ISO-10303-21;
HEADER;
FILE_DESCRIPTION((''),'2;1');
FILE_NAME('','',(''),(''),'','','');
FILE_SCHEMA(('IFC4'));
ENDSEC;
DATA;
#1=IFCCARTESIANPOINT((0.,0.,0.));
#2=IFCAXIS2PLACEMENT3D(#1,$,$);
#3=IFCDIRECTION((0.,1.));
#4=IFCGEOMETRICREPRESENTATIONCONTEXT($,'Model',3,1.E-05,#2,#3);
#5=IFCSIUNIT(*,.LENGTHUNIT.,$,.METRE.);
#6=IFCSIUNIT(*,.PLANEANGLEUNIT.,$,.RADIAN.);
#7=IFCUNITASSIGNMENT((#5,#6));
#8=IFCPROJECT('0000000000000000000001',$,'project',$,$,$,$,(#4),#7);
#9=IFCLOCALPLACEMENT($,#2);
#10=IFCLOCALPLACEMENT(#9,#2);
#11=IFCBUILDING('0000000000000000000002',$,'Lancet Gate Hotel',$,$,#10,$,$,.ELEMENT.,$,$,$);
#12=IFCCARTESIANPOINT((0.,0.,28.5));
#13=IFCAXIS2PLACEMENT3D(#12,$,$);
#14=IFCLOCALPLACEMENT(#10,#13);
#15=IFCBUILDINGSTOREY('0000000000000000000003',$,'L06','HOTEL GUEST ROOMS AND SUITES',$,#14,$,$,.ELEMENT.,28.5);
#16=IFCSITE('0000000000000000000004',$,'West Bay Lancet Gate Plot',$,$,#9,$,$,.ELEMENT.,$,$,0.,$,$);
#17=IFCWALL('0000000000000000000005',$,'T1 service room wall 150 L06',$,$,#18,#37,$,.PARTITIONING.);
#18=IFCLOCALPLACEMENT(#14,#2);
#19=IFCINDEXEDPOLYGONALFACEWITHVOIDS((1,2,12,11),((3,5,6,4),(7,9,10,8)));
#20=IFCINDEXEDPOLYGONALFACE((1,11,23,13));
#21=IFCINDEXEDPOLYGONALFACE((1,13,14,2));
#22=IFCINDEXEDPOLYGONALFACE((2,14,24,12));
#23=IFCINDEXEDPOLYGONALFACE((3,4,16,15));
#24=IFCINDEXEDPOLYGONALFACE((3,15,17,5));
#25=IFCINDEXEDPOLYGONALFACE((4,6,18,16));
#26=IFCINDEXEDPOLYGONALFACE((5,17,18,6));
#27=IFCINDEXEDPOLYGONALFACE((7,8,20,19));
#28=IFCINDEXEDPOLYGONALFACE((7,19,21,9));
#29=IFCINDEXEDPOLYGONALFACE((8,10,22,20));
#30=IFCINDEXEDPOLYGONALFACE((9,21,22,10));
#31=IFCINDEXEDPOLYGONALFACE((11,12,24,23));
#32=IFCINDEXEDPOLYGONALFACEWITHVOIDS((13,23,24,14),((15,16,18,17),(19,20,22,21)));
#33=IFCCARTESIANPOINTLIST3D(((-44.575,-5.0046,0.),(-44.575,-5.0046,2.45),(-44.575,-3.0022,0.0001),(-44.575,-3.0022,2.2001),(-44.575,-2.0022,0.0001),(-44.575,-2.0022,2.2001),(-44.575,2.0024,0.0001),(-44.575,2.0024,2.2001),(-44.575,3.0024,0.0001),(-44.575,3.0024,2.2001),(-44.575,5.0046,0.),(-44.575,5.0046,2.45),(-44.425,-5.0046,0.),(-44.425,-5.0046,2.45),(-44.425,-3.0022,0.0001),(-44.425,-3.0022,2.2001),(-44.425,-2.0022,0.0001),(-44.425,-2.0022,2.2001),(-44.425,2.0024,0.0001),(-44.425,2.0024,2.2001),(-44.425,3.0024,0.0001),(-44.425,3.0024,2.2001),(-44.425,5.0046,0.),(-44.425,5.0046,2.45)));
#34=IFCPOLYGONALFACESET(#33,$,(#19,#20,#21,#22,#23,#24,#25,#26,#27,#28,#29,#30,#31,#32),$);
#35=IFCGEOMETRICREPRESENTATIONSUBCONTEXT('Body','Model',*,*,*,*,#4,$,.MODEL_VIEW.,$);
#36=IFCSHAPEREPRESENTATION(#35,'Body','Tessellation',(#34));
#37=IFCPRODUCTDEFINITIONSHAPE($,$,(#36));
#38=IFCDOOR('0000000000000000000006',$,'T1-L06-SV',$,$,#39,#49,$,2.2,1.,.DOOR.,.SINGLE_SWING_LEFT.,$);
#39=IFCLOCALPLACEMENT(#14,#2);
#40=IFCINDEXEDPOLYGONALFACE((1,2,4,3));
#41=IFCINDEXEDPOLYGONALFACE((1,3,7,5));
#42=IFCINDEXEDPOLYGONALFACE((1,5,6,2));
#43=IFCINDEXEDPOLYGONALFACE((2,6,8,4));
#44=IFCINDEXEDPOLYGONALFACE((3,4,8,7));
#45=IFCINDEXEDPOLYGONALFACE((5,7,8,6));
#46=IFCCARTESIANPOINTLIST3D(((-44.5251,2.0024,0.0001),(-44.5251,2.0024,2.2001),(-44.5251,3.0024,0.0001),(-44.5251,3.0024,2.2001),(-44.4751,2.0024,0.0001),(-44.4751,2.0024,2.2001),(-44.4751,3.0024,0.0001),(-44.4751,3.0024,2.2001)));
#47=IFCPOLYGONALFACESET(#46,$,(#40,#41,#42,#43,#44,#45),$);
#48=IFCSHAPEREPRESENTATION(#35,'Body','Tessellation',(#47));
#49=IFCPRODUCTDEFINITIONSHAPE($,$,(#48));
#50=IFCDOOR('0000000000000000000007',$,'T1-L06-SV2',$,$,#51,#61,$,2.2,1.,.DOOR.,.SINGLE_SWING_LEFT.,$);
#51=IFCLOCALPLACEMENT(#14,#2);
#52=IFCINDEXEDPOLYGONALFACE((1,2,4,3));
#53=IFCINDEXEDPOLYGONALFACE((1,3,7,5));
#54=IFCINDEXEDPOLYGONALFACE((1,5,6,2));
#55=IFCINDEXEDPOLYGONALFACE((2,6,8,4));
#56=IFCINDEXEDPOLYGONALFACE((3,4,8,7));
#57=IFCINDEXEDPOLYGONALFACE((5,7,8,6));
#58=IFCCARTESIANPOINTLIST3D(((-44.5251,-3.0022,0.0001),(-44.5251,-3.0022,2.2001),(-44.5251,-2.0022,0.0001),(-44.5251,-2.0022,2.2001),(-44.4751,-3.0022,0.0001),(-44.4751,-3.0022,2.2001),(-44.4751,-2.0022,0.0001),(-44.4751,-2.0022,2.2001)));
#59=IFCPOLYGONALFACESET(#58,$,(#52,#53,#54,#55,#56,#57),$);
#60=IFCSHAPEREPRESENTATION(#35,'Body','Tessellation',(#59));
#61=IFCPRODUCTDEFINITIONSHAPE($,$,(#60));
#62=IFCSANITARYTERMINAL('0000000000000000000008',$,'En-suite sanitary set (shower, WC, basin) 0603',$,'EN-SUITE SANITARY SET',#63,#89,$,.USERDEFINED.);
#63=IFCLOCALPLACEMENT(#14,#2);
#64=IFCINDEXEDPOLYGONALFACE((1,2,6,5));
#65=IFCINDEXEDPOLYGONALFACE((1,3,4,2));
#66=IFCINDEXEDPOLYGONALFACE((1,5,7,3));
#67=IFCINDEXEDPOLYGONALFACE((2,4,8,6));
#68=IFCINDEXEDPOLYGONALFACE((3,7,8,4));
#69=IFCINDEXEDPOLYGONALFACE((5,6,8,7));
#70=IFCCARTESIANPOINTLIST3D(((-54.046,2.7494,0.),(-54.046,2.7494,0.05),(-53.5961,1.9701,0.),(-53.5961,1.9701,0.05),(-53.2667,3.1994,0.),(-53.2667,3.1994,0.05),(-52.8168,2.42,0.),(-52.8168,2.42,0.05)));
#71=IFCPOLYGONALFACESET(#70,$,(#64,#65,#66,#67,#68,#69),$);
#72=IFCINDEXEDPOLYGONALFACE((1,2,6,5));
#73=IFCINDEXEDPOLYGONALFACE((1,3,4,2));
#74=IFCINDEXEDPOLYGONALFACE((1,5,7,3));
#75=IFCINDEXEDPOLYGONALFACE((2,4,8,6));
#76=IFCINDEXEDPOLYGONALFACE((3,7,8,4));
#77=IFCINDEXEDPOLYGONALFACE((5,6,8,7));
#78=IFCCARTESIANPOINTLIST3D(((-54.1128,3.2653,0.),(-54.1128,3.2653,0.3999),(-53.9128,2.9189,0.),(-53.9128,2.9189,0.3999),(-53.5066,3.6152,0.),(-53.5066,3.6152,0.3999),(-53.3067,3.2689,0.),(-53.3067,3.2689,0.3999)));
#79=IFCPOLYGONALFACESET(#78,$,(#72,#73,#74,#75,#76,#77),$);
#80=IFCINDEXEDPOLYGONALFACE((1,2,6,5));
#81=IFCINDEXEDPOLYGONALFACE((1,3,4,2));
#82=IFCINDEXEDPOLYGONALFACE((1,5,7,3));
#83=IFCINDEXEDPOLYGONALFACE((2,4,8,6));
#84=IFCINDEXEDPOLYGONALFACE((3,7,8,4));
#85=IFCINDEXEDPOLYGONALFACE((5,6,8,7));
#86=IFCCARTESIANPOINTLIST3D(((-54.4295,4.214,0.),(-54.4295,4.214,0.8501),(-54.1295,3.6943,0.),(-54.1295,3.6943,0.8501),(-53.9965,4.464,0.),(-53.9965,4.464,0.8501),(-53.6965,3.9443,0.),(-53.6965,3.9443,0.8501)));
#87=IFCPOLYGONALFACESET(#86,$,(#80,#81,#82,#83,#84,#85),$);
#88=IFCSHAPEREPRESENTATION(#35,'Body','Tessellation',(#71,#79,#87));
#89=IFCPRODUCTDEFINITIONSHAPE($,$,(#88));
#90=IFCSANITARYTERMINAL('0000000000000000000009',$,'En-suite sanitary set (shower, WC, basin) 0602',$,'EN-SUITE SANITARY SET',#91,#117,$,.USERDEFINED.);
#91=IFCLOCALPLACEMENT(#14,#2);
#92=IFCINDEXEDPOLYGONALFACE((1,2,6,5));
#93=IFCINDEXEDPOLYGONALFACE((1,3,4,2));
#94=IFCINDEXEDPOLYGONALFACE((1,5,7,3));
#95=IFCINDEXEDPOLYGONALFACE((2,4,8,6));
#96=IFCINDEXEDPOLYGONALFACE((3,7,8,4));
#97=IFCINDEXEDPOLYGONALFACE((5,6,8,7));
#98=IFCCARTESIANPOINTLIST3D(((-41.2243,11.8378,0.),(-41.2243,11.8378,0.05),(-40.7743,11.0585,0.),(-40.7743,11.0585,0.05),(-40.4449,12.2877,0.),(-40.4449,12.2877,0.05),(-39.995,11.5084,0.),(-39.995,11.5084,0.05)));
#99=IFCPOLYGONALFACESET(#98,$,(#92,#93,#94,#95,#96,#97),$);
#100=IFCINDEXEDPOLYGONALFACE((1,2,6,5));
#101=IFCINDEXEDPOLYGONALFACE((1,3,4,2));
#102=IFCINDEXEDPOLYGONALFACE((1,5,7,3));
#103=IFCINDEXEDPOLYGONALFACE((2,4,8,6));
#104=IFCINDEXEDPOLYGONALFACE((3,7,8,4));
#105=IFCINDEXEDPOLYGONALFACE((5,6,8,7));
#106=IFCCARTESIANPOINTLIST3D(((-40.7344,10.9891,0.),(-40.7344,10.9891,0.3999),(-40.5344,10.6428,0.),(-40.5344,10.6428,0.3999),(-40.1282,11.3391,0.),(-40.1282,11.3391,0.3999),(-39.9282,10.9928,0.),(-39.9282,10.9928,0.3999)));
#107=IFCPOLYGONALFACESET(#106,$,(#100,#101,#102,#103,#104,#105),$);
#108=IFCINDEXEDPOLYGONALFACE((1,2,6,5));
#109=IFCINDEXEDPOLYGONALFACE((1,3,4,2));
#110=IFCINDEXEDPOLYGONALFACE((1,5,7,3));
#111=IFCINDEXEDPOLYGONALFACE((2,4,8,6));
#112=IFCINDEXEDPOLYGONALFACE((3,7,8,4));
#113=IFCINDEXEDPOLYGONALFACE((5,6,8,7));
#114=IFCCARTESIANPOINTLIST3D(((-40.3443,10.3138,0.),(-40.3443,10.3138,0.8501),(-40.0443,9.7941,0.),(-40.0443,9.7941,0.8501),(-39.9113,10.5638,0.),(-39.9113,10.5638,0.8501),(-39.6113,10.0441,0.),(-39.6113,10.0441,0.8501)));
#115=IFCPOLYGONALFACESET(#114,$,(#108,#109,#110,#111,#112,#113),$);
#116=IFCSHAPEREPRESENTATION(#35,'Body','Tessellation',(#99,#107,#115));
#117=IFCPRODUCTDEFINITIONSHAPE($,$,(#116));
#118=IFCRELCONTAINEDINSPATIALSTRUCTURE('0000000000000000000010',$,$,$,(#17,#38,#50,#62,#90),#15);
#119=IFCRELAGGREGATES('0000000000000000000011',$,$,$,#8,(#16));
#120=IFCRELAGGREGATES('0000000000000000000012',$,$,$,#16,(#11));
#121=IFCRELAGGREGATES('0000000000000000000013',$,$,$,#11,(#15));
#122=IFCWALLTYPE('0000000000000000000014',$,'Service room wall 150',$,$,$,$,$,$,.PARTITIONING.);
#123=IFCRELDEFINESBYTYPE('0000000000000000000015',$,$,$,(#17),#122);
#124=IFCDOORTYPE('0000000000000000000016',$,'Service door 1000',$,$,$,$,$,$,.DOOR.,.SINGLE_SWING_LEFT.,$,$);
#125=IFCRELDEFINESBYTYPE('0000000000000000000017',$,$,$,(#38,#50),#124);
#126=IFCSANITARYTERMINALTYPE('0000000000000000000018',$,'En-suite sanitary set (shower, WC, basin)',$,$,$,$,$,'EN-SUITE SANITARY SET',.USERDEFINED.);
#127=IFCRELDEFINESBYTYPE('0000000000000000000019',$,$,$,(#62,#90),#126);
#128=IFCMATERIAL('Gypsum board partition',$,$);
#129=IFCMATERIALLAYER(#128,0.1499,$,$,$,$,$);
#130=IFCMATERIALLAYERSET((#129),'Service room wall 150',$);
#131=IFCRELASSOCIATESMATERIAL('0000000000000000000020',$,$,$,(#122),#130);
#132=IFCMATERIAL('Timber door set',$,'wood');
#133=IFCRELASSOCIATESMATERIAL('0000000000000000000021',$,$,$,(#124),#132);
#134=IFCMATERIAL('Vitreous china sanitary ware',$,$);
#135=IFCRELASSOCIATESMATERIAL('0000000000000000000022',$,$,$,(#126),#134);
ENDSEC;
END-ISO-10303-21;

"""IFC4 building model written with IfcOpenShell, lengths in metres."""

from ifc_helpers import new_model, si_unit, direction, frame, frame_2d, origin, origin_2d, place, context, subcontext, project, spatial, rectangle, extrude, material, layer, layer_set, type_object, element, fill, save


model = new_model("IFC4")

# Units and contexts
model_context = context("Model", 3, precision=1e-05, world=origin(), true_north=direction((0.0, 1.0)))
body_context = subcontext(model_context, "Body", "Model", "MODEL_VIEW")
ifc_project = project(units=[si_unit("LENGTHUNIT", "METRE"), si_unit("PLANEANGLEUNIT", "RADIAN")], contexts=[model_context])

# Site, building, storey
site_placement = place(None, origin())
site = spatial("IfcSite", under=ifc_project, at=site_placement, Name="West Bay Lancet Gate Plot", CompositionType="ELEMENT", RefElevation=0.0)
building_placement = place(site_placement, origin())
building = spatial("IfcBuilding", under=site, at=building_placement, Name="Lancet Gate Hotel", CompositionType="ELEMENT")
storey_placement = place(building_placement, frame((0.0, 0.0, 28.5)))
storey = spatial("IfcBuildingStorey", under=building, at=storey_placement, Name="L06", Description="HOTEL GUEST ROOMS AND SUITES", CompositionType="ELEMENT", Elevation=28.5)

# Shared definitions
ifc_material_1 = material(Name="Gypsum board partition")
ifc_layer_1 = layer(ifc_material_1, 0.1499)
ifc_layer_set_1 = layer_set([ifc_layer_1], Name="Service room wall 150")
wall_type_1 = type_object("IfcWallType", Name="Service room wall 150", PredefinedType="PARTITIONING", material=ifc_layer_set_1)

# Wall, openings, doors
wall_1_placement = place(storey_placement, frame((-44.5, 5.0046, 0.0), z_axis=(0.0, 0.0, 1.0), x_axis=(0.0, -1.0, 0.0)))
wall_1 = element("IfcWall", 1, at=wall_1_placement, inside=storey, type_object=wall_type_1, Name="T1 service room wall 150 L06", PredefinedType="PARTITIONING", context=body_context, shape_type="SweptSolid", body=[
    extrude(rectangle(XDim=10.0093, YDim=0.1499, at=frame_2d((5.0046, 0.0))), origin(), (0.0, 0.0, 1.0), 2.45),
])
opening_1_placement = place(wall_1_placement, frame((2.0022, 0.0, 0.0)))
opening_1 = element("IfcOpeningElement", 2, at=opening_1_placement, cuts=wall_1, PredefinedType="OPENING", context=body_context, shape_type="SweptSolid", body=[
    extrude(rectangle(XDim=1.0, YDim=2.2, at=frame_2d((0.5, 1.1001))), frame((0.0, 0.085, 0.0), z_axis=(0.0, -1.0, 0.0), x_axis=(1.0, 0.0, 0.0)), (0.0, 0.0, 1.0), 0.1699),
])
opening_2_placement = place(wall_1_placement, frame((7.0068, 0.0, 0.0)))
opening_2 = element("IfcOpeningElement", 3, at=opening_2_placement, cuts=wall_1, PredefinedType="OPENING", context=body_context, shape_type="SweptSolid", body=[
    extrude(rectangle(XDim=1.0, YDim=2.2, at=frame_2d((0.5, 1.1001))), frame((0.0, 0.085, 0.0), z_axis=(0.0, -1.0, 0.0), x_axis=(1.0, 0.0, 0.0)), (0.0, 0.0, 1.0), 0.1699),
])
ifc_material_2 = material(Name="Timber door set", Category="wood")
door_type_1 = type_object("IfcDoorType", Name="Service door 1000", OperationType="SINGLE_SWING_LEFT", PredefinedType="DOOR", material=ifc_material_2)
door_1_placement = place(opening_1_placement, origin())
door_1 = element("IfcDoor", 4, at=door_1_placement, inside=storey, type_object=door_type_1, Name="T1-L06-SV", OperationType="SINGLE_SWING_LEFT", OverallHeight=2.2, OverallWidth=1.0, PredefinedType="DOOR", context=body_context, shape_type="SweptSolid", body=[
    extrude(rectangle(XDim=1.0, YDim=2.2, at=frame_2d((0.5, 1.1001))), frame((0.0, 0.0249, 0.0), z_axis=(0.0, -1.0, 0.0), x_axis=(1.0, 0.0, 0.0)), (0.0, 0.0, 1.0), 0.05),
])
fill(opening_1, door_1)
door_2_placement = place(opening_2_placement, origin())
door_2 = element("IfcDoor", 5, at=door_2_placement, inside=storey, type_object=door_type_1, Name="T1-L06-SV2", OperationType="SINGLE_SWING_LEFT", OverallHeight=2.2, OverallWidth=1.0, PredefinedType="DOOR", context=body_context, shape_type="SweptSolid", body=[
    extrude(rectangle(XDim=1.0, YDim=2.2, at=frame_2d((0.5, 1.1001))), frame((0.0, 0.0249, 0.0), z_axis=(0.0, -1.0, 0.0), x_axis=(1.0, 0.0, 0.0)), (0.0, 0.0, 1.0), 0.05),
])
fill(opening_2, door_2)

# Sanitary terminals
ifc_material_3 = material(Name="Vitreous china sanitary ware")
sanitary_terminal_type = type_object("IfcSanitaryTerminalType", Name="En-suite sanitary set (shower, WC, basin)", ElementType="EN-SUITE SANITARY SET", PredefinedType="USERDEFINED", material=ifc_material_3)
sanitary_terminal_1_placement = place(storey_placement, frame((-53.4314, 2.5847, 0.0), z_axis=(0.0, 0.0, 1.0), x_axis=(1.0, 0.0, 0.0)))
element("IfcSanitaryTerminal", 6, at=sanitary_terminal_1_placement, inside=storey, type_object=sanitary_terminal_type, Name="En-suite sanitary set (shower, WC, basin) 0603", ObjectType="EN-SUITE SANITARY SET", PredefinedType="USERDEFINED", context=body_context, shape_type="SweptSolid", body=[
    extrude(rectangle(XDim=0.8999, YDim=0.8999, at=origin_2d()), frame((0.0, 0.0, 0.0), z_axis=(0.0, 0.0, 1.0), x_axis=(0.5, -0.866025, 0.0)), (0.0, 0.0, 1.0), 0.05),
    extrude(rectangle(XDim=0.3999, YDim=0.7, at=origin_2d()), frame((-0.2783, 0.6824, 0.0), z_axis=(0.0, 0.0, 1.0), x_axis=(0.5, -0.866025, 0.0)), (0.0, 0.0, 1.0), 0.3999),
    extrude(rectangle(XDim=0.6001, YDim=0.5, at=origin_2d()), frame((-0.6316, 1.4944, 0.0), z_axis=(0.0, 0.0, 1.0), x_axis=(0.5, -0.866025, 0.0)), (0.0, 0.0, 1.0), 0.8501),
])
sanitary_terminal_2_placement = place(storey_placement, frame((-40.6096, 11.6731, 0.0), z_axis=(0.0, 0.0, 1.0), x_axis=(1.0, 0.0, 0.0)))
element("IfcSanitaryTerminal", 7, at=sanitary_terminal_2_placement, inside=storey, type_object=sanitary_terminal_type, Name="En-suite sanitary set (shower, WC, basin) 0602", ObjectType="EN-SUITE SANITARY SET", PredefinedType="USERDEFINED", context=body_context, shape_type="SweptSolid", body=[
    extrude(rectangle(XDim=0.8999, YDim=0.8999, at=origin_2d()), frame((0.0, 0.0, 0.0), z_axis=(0.0, 0.0, 1.0), x_axis=(-0.5, 0.866025, 0.0)), (0.0, 0.0, 1.0), 0.05),
    extrude(rectangle(XDim=0.3999, YDim=0.7, at=origin_2d()), frame((0.2783, -0.6821, 0.0), z_axis=(0.0, 0.0, 1.0), x_axis=(-0.5, 0.866025, 0.0)), (0.0, 0.0, 1.0), 0.3999),
    extrude(rectangle(XDim=0.6001, YDim=0.5, at=origin_2d()), frame((0.6318, -1.4941, 0.0), z_axis=(0.0, 0.0, 1.0), x_axis=(-0.5, 0.866025, 0.0)), (0.0, 0.0, 1.0), 0.8501),
])

save(model, "model.ifc")
